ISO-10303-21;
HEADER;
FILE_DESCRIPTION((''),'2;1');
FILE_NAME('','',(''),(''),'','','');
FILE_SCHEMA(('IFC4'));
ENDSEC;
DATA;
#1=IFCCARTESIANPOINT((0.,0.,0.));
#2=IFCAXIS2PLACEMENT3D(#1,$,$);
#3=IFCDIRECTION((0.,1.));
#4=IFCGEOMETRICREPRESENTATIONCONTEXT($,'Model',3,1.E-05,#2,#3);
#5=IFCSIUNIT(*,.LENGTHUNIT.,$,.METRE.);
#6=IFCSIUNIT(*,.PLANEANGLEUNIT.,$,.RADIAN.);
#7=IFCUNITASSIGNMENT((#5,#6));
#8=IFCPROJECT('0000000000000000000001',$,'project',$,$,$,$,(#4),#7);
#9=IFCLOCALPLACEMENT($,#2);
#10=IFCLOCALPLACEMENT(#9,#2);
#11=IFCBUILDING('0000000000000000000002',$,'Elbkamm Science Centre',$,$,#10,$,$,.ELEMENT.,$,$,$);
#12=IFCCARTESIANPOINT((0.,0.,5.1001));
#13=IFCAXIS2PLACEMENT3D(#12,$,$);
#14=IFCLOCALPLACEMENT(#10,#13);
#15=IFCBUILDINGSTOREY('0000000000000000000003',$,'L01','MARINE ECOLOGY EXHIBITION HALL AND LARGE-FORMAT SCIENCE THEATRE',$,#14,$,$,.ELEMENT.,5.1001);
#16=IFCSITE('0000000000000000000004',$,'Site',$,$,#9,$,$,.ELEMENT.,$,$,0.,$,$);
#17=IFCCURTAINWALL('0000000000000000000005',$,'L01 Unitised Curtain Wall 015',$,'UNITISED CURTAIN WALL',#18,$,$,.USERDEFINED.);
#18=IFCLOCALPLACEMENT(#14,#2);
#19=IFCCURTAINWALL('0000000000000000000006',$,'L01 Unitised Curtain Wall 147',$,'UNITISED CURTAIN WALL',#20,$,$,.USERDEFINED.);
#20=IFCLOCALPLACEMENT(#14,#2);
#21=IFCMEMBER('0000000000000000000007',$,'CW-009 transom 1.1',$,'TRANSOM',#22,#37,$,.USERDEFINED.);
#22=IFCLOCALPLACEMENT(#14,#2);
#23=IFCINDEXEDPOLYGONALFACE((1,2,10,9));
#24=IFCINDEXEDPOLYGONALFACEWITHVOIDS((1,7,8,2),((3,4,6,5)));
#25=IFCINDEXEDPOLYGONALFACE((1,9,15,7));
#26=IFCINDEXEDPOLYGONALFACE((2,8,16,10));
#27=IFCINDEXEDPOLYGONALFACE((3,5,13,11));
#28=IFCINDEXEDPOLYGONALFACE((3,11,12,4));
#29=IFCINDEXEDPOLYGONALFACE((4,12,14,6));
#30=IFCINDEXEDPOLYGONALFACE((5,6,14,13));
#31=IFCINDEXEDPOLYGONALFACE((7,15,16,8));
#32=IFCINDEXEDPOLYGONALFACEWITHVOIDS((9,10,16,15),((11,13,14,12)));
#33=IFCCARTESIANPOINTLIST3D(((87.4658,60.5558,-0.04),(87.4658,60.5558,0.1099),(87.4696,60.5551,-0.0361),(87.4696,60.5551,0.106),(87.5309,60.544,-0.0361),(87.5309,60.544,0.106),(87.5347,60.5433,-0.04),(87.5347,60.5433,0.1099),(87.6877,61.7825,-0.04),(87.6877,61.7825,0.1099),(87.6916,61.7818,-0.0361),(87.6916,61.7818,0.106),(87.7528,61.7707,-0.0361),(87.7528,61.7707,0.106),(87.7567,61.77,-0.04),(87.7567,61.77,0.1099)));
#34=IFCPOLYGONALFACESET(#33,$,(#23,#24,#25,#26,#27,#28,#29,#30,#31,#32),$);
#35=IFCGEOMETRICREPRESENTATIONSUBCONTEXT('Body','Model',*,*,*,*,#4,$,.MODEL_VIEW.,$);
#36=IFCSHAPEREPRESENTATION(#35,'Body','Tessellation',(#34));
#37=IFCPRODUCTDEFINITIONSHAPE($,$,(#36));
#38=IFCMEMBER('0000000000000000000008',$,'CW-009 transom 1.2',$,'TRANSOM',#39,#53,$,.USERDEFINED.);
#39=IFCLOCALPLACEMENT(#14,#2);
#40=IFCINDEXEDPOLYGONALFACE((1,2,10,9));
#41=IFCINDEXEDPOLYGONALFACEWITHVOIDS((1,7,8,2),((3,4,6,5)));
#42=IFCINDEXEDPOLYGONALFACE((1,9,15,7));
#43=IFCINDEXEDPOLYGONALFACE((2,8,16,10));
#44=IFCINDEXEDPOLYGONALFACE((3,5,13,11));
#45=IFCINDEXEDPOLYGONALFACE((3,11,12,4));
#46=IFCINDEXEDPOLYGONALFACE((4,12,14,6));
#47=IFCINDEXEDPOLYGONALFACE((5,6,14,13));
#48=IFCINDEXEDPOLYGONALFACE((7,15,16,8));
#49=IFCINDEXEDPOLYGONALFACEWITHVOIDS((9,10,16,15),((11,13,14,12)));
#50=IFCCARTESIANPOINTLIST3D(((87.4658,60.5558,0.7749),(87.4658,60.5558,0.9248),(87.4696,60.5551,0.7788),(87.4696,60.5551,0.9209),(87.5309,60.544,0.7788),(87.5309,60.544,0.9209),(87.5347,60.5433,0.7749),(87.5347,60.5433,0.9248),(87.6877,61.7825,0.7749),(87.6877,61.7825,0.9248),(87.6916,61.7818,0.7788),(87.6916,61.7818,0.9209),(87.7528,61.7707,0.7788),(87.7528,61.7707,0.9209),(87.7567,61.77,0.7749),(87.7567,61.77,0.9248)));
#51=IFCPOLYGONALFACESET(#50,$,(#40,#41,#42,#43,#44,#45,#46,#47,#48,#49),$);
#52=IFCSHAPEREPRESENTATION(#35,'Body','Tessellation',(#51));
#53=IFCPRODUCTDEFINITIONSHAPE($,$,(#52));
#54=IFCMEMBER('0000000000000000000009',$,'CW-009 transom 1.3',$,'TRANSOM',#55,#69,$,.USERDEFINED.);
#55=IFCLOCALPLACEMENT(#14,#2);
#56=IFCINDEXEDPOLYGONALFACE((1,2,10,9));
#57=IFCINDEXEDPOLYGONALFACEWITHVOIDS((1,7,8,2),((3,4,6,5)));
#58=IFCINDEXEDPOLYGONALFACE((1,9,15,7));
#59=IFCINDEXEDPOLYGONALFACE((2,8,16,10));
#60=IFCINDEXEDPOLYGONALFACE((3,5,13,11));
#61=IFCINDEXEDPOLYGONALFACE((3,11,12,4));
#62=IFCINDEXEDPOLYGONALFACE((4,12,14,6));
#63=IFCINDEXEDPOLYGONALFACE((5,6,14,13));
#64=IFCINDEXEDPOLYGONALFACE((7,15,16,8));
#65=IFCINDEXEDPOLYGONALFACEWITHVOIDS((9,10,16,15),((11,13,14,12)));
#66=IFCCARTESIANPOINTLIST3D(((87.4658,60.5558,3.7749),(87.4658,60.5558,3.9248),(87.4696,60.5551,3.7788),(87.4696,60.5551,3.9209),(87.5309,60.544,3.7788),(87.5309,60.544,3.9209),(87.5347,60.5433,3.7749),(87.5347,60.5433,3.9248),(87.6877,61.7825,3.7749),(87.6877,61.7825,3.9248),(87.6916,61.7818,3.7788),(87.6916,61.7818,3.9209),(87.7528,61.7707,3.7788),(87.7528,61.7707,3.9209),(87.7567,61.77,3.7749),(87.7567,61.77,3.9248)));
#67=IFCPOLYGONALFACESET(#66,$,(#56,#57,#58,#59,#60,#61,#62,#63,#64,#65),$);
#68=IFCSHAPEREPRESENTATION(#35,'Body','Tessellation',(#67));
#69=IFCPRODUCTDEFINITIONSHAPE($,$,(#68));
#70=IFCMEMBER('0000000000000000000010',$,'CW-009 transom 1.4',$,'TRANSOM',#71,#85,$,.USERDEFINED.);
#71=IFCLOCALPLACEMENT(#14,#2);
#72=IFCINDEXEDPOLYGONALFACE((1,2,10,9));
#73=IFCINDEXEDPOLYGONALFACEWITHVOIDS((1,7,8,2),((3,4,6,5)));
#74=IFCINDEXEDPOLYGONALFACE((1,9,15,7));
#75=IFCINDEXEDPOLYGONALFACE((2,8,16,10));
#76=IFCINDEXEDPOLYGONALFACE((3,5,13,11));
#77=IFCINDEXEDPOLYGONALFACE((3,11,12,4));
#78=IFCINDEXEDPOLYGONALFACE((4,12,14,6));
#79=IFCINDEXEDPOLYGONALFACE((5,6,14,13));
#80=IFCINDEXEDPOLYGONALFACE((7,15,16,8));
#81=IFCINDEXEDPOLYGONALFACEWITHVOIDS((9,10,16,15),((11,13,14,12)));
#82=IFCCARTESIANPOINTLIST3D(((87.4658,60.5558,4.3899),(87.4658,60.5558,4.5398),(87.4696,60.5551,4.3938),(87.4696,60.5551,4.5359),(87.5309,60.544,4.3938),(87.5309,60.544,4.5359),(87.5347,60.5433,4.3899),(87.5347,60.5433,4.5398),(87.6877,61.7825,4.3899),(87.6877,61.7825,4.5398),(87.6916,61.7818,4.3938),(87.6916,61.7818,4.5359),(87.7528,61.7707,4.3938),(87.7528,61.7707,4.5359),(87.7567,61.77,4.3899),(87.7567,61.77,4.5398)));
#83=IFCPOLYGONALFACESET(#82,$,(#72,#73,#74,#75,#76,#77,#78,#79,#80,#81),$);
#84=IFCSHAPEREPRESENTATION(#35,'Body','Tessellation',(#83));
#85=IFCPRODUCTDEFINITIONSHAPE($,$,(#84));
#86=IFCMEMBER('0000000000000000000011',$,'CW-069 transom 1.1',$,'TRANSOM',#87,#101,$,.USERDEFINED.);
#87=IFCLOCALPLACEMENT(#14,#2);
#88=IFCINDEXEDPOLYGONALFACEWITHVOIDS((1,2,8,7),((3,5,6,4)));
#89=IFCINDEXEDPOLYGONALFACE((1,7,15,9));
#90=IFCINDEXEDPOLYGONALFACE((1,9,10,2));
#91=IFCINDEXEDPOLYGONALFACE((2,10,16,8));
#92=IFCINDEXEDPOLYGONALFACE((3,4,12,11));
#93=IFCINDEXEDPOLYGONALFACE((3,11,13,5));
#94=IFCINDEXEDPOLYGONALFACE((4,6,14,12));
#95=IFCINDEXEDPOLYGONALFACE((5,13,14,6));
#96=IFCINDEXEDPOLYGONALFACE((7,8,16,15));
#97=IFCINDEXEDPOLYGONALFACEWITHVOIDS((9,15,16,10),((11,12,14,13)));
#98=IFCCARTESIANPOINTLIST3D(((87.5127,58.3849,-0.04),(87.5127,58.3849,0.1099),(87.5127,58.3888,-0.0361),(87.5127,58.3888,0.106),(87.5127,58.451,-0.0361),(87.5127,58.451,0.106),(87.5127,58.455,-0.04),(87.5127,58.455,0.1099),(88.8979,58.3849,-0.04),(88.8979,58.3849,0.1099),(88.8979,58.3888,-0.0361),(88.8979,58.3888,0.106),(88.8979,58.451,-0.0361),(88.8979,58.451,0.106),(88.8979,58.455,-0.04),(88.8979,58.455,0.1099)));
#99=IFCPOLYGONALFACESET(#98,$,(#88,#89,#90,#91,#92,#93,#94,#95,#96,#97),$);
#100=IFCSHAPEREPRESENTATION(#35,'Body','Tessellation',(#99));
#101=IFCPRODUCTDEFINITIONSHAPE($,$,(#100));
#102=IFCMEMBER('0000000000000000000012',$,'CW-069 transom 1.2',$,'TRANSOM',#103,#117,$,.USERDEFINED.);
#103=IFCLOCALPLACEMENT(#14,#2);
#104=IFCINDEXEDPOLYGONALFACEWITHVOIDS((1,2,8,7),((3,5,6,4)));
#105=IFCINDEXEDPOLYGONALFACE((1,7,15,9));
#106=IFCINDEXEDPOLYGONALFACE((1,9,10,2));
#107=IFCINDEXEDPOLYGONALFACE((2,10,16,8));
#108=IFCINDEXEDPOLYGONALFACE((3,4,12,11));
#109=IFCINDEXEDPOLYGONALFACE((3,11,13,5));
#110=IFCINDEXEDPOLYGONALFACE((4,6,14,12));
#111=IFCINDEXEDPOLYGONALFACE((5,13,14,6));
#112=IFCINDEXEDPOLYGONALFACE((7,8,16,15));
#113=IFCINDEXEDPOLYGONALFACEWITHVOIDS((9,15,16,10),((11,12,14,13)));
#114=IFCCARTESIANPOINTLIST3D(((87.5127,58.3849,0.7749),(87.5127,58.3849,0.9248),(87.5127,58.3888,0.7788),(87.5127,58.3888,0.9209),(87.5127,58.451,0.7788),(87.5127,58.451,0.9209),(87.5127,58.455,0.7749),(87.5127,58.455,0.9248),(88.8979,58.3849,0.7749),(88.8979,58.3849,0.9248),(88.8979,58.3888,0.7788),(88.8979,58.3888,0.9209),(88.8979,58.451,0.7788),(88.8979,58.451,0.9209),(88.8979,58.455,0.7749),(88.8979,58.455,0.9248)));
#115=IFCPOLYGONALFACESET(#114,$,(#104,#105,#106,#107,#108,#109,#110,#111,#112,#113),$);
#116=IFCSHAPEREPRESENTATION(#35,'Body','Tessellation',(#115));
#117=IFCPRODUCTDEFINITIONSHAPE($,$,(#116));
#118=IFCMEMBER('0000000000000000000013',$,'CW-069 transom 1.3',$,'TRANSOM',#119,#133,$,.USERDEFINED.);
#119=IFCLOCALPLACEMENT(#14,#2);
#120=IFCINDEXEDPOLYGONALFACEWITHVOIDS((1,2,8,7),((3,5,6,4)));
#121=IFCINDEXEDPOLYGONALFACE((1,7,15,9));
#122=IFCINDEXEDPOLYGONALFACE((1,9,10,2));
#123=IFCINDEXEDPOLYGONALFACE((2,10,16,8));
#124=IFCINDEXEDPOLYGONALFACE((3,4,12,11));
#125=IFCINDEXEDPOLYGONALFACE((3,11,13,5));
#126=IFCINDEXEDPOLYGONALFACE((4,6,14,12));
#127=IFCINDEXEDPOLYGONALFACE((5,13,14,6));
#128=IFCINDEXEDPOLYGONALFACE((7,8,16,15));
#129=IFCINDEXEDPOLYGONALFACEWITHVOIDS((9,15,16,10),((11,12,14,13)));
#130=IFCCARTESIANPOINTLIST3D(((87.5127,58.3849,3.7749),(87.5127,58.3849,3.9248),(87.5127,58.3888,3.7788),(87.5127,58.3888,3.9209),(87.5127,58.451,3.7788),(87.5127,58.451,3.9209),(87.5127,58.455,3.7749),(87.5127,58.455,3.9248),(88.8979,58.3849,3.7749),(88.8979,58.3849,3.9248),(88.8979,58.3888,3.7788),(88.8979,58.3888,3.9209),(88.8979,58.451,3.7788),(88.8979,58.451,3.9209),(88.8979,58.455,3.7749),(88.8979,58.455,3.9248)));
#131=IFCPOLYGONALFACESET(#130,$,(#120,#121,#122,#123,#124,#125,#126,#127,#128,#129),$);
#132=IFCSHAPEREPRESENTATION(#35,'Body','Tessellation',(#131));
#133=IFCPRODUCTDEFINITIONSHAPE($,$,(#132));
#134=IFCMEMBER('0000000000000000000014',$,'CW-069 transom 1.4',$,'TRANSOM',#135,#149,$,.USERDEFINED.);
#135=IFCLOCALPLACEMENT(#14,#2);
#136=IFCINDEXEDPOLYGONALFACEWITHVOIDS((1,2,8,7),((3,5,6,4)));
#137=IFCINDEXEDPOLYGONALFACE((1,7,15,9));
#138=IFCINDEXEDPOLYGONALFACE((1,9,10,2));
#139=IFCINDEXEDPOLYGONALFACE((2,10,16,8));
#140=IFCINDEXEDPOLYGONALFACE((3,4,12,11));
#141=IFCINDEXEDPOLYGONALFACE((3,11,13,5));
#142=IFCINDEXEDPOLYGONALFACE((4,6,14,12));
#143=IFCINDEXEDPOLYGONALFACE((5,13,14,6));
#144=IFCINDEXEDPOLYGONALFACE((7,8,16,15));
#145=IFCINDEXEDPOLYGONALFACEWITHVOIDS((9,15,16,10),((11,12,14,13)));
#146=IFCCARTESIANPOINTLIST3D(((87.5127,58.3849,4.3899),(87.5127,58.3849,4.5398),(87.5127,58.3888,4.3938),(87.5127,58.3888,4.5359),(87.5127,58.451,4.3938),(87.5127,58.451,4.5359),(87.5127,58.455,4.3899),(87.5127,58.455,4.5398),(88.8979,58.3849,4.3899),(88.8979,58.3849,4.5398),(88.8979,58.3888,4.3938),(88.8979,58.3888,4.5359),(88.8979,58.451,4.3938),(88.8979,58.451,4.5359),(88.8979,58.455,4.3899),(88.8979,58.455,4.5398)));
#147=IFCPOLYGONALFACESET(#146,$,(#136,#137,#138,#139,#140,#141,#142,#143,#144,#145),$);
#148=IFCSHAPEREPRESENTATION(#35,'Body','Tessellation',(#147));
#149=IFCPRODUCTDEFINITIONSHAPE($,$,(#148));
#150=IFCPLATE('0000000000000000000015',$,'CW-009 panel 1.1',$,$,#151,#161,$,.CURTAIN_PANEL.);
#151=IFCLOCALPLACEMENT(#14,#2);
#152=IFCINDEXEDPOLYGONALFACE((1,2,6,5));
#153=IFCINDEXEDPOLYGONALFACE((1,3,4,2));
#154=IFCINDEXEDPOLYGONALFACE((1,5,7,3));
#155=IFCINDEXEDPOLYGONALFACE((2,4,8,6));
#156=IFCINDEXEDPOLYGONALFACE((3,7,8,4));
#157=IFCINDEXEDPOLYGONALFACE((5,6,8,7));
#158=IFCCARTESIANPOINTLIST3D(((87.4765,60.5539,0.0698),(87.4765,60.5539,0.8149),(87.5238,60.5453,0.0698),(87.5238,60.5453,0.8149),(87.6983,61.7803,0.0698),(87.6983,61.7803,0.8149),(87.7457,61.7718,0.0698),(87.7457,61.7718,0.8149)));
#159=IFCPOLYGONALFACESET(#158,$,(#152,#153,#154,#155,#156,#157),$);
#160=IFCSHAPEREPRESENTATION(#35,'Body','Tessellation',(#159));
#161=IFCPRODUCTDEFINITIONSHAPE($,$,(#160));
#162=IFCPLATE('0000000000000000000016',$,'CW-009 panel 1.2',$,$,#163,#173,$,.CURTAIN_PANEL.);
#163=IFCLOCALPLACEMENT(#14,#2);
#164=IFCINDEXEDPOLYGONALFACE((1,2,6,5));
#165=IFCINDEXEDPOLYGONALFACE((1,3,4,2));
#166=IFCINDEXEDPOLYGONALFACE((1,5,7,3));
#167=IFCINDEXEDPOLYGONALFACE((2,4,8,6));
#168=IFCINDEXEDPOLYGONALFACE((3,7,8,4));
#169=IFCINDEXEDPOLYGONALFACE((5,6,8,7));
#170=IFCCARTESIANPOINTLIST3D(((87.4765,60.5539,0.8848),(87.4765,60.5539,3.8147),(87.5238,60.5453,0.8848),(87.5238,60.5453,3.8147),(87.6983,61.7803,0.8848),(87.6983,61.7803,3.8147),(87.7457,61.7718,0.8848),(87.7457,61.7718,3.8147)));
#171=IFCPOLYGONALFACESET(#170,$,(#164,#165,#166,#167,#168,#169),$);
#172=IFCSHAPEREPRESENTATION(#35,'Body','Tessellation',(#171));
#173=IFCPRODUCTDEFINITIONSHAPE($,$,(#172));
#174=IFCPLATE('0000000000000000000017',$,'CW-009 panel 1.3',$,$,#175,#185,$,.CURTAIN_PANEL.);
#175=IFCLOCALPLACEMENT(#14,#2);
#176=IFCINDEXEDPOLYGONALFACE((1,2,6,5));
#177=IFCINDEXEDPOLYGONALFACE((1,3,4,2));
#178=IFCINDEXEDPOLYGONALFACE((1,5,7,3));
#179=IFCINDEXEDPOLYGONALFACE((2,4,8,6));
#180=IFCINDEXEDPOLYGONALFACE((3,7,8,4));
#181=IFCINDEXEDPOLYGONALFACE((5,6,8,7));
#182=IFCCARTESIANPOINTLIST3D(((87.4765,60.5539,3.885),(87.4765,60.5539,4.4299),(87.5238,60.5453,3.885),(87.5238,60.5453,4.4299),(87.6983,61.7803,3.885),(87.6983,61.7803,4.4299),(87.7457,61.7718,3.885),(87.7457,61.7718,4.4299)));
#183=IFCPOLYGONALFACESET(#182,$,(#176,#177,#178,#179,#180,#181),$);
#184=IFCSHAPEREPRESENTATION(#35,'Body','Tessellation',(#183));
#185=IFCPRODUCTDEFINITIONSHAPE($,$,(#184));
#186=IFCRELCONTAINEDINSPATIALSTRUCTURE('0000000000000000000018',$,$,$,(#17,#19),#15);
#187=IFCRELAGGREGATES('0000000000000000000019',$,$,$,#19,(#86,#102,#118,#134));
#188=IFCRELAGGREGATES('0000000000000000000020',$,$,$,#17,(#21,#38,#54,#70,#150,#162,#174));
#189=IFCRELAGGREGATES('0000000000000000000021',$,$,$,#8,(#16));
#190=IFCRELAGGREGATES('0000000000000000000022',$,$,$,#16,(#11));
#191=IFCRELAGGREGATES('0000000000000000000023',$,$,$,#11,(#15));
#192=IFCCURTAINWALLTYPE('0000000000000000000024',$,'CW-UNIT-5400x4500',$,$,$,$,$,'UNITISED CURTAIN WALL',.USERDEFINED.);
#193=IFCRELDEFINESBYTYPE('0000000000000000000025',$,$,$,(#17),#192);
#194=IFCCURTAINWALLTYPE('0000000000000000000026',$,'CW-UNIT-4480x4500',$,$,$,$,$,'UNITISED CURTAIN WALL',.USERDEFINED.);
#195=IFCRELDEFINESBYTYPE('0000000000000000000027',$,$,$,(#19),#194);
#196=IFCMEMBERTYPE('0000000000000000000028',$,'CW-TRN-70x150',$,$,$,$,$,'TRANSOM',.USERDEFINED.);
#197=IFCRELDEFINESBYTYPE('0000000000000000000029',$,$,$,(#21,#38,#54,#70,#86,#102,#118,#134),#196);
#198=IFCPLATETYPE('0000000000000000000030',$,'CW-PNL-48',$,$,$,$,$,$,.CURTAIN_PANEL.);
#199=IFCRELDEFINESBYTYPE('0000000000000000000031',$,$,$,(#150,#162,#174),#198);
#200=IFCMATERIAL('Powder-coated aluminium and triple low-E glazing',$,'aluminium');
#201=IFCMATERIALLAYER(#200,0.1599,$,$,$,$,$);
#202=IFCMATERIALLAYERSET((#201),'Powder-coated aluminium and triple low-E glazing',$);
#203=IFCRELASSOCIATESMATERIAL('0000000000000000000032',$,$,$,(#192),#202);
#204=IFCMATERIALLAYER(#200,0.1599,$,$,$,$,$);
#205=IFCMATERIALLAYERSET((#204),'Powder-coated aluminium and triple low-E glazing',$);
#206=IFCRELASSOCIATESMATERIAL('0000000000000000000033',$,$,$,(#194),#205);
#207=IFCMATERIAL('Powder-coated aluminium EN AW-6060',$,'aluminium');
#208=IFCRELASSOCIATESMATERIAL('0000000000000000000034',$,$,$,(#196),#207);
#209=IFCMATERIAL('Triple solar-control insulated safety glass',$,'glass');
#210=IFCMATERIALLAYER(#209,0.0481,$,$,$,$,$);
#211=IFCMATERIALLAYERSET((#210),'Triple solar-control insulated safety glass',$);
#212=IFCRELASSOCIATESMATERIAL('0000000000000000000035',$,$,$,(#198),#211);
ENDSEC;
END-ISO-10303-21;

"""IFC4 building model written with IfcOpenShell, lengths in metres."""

from ifc_helpers import new_model, si_unit, direction, frame, origin, origin_2d, place, context, subcontext, project, spatial, rectangle, hollow_rectangle, extrude, material, layer, layer_set, material_profile, profile_set, type_object, element, aggregate, save


model = new_model("IFC4")

# Units and contexts
model_context = context("Model", 3, precision=1e-05, world=origin(), true_north=direction((0.0, 1.0)))
body_context = subcontext(model_context, "Body", "Model", "MODEL_VIEW")
ifc_project = project(units=[si_unit("LENGTHUNIT", "METRE"), si_unit("PLANEANGLEUNIT", "RADIAN")], contexts=[model_context])

# Site, building, storey
site_placement = place(None, origin())
site = spatial("IfcSite", under=ifc_project, at=site_placement, Name="Site", CompositionType="ELEMENT", RefElevation=0.0)
building_placement = place(site_placement, origin())
building = spatial("IfcBuilding", under=site, at=building_placement, Name="Elbkamm Science Centre", CompositionType="ELEMENT")
storey_placement = place(building_placement, frame((0.0, 0.0, 5.1001)))
storey = spatial("IfcBuildingStorey", under=building, at=storey_placement, Name="L01", Description="MARINE ECOLOGY EXHIBITION HALL AND LARGE-FORMAT SCIENCE THEATRE", CompositionType="ELEMENT", Elevation=5.1001)

# Curtain walls
ifc_material_1 = material(Name="Powder-coated aluminium and triple low-E glazing", Category="aluminium")
ifc_layer_1 = layer(ifc_material_1, 0.1599)
ifc_layer_set_1 = layer_set([ifc_layer_1], Name="Powder-coated aluminium and triple low-E glazing")
curtain_wall_type_1 = type_object("IfcCurtainWallType", Name="CW-UNIT-5400x4500", ElementType="UNITISED CURTAIN WALL", PredefinedType="USERDEFINED", material=ifc_layer_set_1)
curtain_wall_1_placement = place(storey_placement, origin())
curtain_wall_1 = element("IfcCurtainWall", 1, at=curtain_wall_1_placement, inside=storey, type_object=curtain_wall_type_1, Name="L01 Unitised Curtain Wall 015", ObjectType="UNITISED CURTAIN WALL", PredefinedType="USERDEFINED")
ifc_material_2 = material(Name="Powder-coated aluminium EN AW-6060", Category="aluminium")
ifc_layer_2 = layer(ifc_material_1, 0.1599)
ifc_layer_set_2 = layer_set([ifc_layer_2], Name="Powder-coated aluminium and triple low-E glazing")
curtain_wall_type_2 = type_object("IfcCurtainWallType", Name="CW-UNIT-4480x4500", ElementType="UNITISED CURTAIN WALL", PredefinedType="USERDEFINED", material=ifc_layer_set_2)
curtain_wall_2_placement = place(storey_placement, origin())
curtain_wall_2 = element("IfcCurtainWall", 2, at=curtain_wall_2_placement, inside=storey, type_object=curtain_wall_type_2, Name="L01 Unitised Curtain Wall 147", ObjectType="UNITISED CURTAIN WALL", PredefinedType="USERDEFINED")

# Members
ifc_material_profile_1 = material_profile(ifc_material_2, hollow_rectangle(XDim=0.0701, YDim=0.1499, WallThickness=0.0039, at=origin_2d()), Name="ALU T70x150")
ifc_profile_set_1 = profile_set([ifc_material_profile_1], Name="Powder-coated aluminium EN AW-6060")
member_type_1 = type_object("IfcMemberType", Name="CW-TRN-70x150", ElementType="TRANSOM", PredefinedType="USERDEFINED", material=ifc_profile_set_1)
member_1_placement = place(storey_placement, frame((87.5002, 60.5496, 0.0349), z_axis=(0.178041, 0.984023, 0.0), x_axis=(-0.984023, 0.178041, 0.0)))
member_1 = element("IfcMember", 3, at=member_1_placement, type_object=member_type_1, Name="CW-009 transom 1.1", ObjectType="TRANSOM", PredefinedType="USERDEFINED", context=body_context, shape_type="SweptSolid", body=[
    extrude(hollow_rectangle(XDim=0.0701, YDim=0.1499, WallThickness=0.0039, at=origin_2d()), origin(), (0.0, 0.0, 1.0), 1.2466),
])
member_2_placement = place(storey_placement, frame((87.5002, 60.5496, 0.8499), z_axis=(0.178041, 0.984023, 0.0), x_axis=(-0.984023, 0.178041, 0.0)))
member_2 = element("IfcMember", 4, at=member_2_placement, type_object=member_type_1, Name="CW-009 transom 1.2", ObjectType="TRANSOM", PredefinedType="USERDEFINED", context=body_context, shape_type="SweptSolid", body=[
    extrude(hollow_rectangle(XDim=0.0701, YDim=0.1499, WallThickness=0.0039, at=origin_2d()), origin(), (0.0, 0.0, 1.0), 1.2466),
])
member_3_placement = place(storey_placement, frame((87.5002, 60.5496, 3.8499), z_axis=(0.178041, 0.984023, 0.0), x_axis=(-0.984023, 0.178041, 0.0)))
member_3 = element("IfcMember", 5, at=member_3_placement, type_object=member_type_1, Name="CW-009 transom 1.3", ObjectType="TRANSOM", PredefinedType="USERDEFINED", context=body_context, shape_type="SweptSolid", body=[
    extrude(hollow_rectangle(XDim=0.0701, YDim=0.1499, WallThickness=0.0039, at=origin_2d()), origin(), (0.0, 0.0, 1.0), 1.2466),
])
member_4_placement = place(storey_placement, frame((87.5002, 60.5496, 4.4648), z_axis=(0.178041, 0.984023, 0.0), x_axis=(-0.984023, 0.178041, 0.0)))
member_4 = element("IfcMember", 6, at=member_4_placement, type_object=member_type_1, Name="CW-009 transom 1.4", ObjectType="TRANSOM", PredefinedType="USERDEFINED", context=body_context, shape_type="SweptSolid", body=[
    extrude(hollow_rectangle(XDim=0.0701, YDim=0.1499, WallThickness=0.0039, at=origin_2d()), origin(), (0.0, 0.0, 1.0), 1.2466),
])
member_5_placement = place(storey_placement, frame((87.5127, 58.4199, 0.0349), z_axis=(1.0, 0.0, 0.0), x_axis=(0.0, 1.0, 0.0)))
member_5 = element("IfcMember", 7, at=member_5_placement, type_object=member_type_1, Name="CW-069 transom 1.1", ObjectType="TRANSOM", PredefinedType="USERDEFINED", context=body_context, shape_type="SweptSolid", body=[
    extrude(hollow_rectangle(XDim=0.0701, YDim=0.1499, WallThickness=0.0039, at=origin_2d()), origin(), (0.0, 0.0, 1.0), 1.3853),
])
member_6_placement = place(storey_placement, frame((87.5127, 58.4199, 0.8499), z_axis=(1.0, 0.0, 0.0), x_axis=(0.0, 1.0, 0.0)))
member_6 = element("IfcMember", 8, at=member_6_placement, type_object=member_type_1, Name="CW-069 transom 1.2", ObjectType="TRANSOM", PredefinedType="USERDEFINED", context=body_context, shape_type="SweptSolid", body=[
    extrude(hollow_rectangle(XDim=0.0701, YDim=0.1499, WallThickness=0.0039, at=origin_2d()), origin(), (0.0, 0.0, 1.0), 1.3853),
])
member_7_placement = place(storey_placement, frame((87.5127, 58.4199, 3.8499), z_axis=(1.0, 0.0, 0.0), x_axis=(0.0, 1.0, 0.0)))
member_7 = element("IfcMember", 9, at=member_7_placement, type_object=member_type_1, Name="CW-069 transom 1.3", ObjectType="TRANSOM", PredefinedType="USERDEFINED", context=body_context, shape_type="SweptSolid", body=[
    extrude(hollow_rectangle(XDim=0.0701, YDim=0.1499, WallThickness=0.0039, at=origin_2d()), origin(), (0.0, 0.0, 1.0), 1.3853),
])
member_8_placement = place(storey_placement, frame((87.5127, 58.4199, 4.4648), z_axis=(1.0, 0.0, 0.0), x_axis=(0.0, 1.0, 0.0)))
member_8 = element("IfcMember", 10, at=member_8_placement, type_object=member_type_1, Name="CW-069 transom 1.4", ObjectType="TRANSOM", PredefinedType="USERDEFINED", context=body_context, shape_type="SweptSolid", body=[
    extrude(hollow_rectangle(XDim=0.0701, YDim=0.1499, WallThickness=0.0039, at=origin_2d()), origin(), (0.0, 0.0, 1.0), 1.3853),
])
aggregate(curtain_wall_2, [member_5, member_6, member_7, member_8])

# Plates
ifc_material_3 = material(Name="Triple solar-control insulated safety glass", Category="glass")
ifc_layer_3 = layer(ifc_material_3, 0.0481)
ifc_layer_set_3 = layer_set([ifc_layer_3], Name="Triple solar-control insulated safety glass")
plate_type = type_object("IfcPlateType", Name="CW-PNL-48", PredefinedType="CURTAIN_PANEL", material=ifc_layer_set_3)
plate_1_placement = place(storey_placement, frame((87.6111, 61.1628, 0.0698), z_axis=(0.0, 0.0, 1.0), x_axis=(0.178003, 0.98403, 0.0)))
plate_1 = element("IfcPlate", 11, at=plate_1_placement, type_object=plate_type, Name="CW-009 panel 1.1", PredefinedType="CURTAIN_PANEL", context=body_context, shape_type="SweptSolid", body=[
    extrude(rectangle(XDim=1.2463, YDim=0.0481, at=origin_2d()), origin(), (0.0, 0.0, 1.0), 0.7451),
])
plate_2_placement = place(storey_placement, frame((87.6111, 61.1628, 0.8848), z_axis=(0.0, 0.0, 1.0), x_axis=(0.178003, 0.98403, 0.0)))
plate_2 = element("IfcPlate", 12, at=plate_2_placement, type_object=plate_type, Name="CW-009 panel 1.2", PredefinedType="CURTAIN_PANEL", context=body_context, shape_type="SweptSolid", body=[
    extrude(rectangle(XDim=1.2463, YDim=0.0481, at=origin_2d()), origin(), (0.0, 0.0, 1.0), 2.9299),
])
plate_3_placement = place(storey_placement, frame((87.6111, 61.1628, 3.885), z_axis=(0.0, 0.0, 1.0), x_axis=(0.178003, 0.98403, 0.0)))
plate_3 = element("IfcPlate", 13, at=plate_3_placement, type_object=plate_type, Name="CW-009 panel 1.3", PredefinedType="CURTAIN_PANEL", context=body_context, shape_type="SweptSolid", body=[
    extrude(rectangle(XDim=1.2463, YDim=0.0481, at=origin_2d()), origin(), (0.0, 0.0, 1.0), 0.5449),
])
aggregate(curtain_wall_1, [member_1, member_2, member_3, member_4, plate_1, plate_2, plate_3])

save(model, "model.ifc")
